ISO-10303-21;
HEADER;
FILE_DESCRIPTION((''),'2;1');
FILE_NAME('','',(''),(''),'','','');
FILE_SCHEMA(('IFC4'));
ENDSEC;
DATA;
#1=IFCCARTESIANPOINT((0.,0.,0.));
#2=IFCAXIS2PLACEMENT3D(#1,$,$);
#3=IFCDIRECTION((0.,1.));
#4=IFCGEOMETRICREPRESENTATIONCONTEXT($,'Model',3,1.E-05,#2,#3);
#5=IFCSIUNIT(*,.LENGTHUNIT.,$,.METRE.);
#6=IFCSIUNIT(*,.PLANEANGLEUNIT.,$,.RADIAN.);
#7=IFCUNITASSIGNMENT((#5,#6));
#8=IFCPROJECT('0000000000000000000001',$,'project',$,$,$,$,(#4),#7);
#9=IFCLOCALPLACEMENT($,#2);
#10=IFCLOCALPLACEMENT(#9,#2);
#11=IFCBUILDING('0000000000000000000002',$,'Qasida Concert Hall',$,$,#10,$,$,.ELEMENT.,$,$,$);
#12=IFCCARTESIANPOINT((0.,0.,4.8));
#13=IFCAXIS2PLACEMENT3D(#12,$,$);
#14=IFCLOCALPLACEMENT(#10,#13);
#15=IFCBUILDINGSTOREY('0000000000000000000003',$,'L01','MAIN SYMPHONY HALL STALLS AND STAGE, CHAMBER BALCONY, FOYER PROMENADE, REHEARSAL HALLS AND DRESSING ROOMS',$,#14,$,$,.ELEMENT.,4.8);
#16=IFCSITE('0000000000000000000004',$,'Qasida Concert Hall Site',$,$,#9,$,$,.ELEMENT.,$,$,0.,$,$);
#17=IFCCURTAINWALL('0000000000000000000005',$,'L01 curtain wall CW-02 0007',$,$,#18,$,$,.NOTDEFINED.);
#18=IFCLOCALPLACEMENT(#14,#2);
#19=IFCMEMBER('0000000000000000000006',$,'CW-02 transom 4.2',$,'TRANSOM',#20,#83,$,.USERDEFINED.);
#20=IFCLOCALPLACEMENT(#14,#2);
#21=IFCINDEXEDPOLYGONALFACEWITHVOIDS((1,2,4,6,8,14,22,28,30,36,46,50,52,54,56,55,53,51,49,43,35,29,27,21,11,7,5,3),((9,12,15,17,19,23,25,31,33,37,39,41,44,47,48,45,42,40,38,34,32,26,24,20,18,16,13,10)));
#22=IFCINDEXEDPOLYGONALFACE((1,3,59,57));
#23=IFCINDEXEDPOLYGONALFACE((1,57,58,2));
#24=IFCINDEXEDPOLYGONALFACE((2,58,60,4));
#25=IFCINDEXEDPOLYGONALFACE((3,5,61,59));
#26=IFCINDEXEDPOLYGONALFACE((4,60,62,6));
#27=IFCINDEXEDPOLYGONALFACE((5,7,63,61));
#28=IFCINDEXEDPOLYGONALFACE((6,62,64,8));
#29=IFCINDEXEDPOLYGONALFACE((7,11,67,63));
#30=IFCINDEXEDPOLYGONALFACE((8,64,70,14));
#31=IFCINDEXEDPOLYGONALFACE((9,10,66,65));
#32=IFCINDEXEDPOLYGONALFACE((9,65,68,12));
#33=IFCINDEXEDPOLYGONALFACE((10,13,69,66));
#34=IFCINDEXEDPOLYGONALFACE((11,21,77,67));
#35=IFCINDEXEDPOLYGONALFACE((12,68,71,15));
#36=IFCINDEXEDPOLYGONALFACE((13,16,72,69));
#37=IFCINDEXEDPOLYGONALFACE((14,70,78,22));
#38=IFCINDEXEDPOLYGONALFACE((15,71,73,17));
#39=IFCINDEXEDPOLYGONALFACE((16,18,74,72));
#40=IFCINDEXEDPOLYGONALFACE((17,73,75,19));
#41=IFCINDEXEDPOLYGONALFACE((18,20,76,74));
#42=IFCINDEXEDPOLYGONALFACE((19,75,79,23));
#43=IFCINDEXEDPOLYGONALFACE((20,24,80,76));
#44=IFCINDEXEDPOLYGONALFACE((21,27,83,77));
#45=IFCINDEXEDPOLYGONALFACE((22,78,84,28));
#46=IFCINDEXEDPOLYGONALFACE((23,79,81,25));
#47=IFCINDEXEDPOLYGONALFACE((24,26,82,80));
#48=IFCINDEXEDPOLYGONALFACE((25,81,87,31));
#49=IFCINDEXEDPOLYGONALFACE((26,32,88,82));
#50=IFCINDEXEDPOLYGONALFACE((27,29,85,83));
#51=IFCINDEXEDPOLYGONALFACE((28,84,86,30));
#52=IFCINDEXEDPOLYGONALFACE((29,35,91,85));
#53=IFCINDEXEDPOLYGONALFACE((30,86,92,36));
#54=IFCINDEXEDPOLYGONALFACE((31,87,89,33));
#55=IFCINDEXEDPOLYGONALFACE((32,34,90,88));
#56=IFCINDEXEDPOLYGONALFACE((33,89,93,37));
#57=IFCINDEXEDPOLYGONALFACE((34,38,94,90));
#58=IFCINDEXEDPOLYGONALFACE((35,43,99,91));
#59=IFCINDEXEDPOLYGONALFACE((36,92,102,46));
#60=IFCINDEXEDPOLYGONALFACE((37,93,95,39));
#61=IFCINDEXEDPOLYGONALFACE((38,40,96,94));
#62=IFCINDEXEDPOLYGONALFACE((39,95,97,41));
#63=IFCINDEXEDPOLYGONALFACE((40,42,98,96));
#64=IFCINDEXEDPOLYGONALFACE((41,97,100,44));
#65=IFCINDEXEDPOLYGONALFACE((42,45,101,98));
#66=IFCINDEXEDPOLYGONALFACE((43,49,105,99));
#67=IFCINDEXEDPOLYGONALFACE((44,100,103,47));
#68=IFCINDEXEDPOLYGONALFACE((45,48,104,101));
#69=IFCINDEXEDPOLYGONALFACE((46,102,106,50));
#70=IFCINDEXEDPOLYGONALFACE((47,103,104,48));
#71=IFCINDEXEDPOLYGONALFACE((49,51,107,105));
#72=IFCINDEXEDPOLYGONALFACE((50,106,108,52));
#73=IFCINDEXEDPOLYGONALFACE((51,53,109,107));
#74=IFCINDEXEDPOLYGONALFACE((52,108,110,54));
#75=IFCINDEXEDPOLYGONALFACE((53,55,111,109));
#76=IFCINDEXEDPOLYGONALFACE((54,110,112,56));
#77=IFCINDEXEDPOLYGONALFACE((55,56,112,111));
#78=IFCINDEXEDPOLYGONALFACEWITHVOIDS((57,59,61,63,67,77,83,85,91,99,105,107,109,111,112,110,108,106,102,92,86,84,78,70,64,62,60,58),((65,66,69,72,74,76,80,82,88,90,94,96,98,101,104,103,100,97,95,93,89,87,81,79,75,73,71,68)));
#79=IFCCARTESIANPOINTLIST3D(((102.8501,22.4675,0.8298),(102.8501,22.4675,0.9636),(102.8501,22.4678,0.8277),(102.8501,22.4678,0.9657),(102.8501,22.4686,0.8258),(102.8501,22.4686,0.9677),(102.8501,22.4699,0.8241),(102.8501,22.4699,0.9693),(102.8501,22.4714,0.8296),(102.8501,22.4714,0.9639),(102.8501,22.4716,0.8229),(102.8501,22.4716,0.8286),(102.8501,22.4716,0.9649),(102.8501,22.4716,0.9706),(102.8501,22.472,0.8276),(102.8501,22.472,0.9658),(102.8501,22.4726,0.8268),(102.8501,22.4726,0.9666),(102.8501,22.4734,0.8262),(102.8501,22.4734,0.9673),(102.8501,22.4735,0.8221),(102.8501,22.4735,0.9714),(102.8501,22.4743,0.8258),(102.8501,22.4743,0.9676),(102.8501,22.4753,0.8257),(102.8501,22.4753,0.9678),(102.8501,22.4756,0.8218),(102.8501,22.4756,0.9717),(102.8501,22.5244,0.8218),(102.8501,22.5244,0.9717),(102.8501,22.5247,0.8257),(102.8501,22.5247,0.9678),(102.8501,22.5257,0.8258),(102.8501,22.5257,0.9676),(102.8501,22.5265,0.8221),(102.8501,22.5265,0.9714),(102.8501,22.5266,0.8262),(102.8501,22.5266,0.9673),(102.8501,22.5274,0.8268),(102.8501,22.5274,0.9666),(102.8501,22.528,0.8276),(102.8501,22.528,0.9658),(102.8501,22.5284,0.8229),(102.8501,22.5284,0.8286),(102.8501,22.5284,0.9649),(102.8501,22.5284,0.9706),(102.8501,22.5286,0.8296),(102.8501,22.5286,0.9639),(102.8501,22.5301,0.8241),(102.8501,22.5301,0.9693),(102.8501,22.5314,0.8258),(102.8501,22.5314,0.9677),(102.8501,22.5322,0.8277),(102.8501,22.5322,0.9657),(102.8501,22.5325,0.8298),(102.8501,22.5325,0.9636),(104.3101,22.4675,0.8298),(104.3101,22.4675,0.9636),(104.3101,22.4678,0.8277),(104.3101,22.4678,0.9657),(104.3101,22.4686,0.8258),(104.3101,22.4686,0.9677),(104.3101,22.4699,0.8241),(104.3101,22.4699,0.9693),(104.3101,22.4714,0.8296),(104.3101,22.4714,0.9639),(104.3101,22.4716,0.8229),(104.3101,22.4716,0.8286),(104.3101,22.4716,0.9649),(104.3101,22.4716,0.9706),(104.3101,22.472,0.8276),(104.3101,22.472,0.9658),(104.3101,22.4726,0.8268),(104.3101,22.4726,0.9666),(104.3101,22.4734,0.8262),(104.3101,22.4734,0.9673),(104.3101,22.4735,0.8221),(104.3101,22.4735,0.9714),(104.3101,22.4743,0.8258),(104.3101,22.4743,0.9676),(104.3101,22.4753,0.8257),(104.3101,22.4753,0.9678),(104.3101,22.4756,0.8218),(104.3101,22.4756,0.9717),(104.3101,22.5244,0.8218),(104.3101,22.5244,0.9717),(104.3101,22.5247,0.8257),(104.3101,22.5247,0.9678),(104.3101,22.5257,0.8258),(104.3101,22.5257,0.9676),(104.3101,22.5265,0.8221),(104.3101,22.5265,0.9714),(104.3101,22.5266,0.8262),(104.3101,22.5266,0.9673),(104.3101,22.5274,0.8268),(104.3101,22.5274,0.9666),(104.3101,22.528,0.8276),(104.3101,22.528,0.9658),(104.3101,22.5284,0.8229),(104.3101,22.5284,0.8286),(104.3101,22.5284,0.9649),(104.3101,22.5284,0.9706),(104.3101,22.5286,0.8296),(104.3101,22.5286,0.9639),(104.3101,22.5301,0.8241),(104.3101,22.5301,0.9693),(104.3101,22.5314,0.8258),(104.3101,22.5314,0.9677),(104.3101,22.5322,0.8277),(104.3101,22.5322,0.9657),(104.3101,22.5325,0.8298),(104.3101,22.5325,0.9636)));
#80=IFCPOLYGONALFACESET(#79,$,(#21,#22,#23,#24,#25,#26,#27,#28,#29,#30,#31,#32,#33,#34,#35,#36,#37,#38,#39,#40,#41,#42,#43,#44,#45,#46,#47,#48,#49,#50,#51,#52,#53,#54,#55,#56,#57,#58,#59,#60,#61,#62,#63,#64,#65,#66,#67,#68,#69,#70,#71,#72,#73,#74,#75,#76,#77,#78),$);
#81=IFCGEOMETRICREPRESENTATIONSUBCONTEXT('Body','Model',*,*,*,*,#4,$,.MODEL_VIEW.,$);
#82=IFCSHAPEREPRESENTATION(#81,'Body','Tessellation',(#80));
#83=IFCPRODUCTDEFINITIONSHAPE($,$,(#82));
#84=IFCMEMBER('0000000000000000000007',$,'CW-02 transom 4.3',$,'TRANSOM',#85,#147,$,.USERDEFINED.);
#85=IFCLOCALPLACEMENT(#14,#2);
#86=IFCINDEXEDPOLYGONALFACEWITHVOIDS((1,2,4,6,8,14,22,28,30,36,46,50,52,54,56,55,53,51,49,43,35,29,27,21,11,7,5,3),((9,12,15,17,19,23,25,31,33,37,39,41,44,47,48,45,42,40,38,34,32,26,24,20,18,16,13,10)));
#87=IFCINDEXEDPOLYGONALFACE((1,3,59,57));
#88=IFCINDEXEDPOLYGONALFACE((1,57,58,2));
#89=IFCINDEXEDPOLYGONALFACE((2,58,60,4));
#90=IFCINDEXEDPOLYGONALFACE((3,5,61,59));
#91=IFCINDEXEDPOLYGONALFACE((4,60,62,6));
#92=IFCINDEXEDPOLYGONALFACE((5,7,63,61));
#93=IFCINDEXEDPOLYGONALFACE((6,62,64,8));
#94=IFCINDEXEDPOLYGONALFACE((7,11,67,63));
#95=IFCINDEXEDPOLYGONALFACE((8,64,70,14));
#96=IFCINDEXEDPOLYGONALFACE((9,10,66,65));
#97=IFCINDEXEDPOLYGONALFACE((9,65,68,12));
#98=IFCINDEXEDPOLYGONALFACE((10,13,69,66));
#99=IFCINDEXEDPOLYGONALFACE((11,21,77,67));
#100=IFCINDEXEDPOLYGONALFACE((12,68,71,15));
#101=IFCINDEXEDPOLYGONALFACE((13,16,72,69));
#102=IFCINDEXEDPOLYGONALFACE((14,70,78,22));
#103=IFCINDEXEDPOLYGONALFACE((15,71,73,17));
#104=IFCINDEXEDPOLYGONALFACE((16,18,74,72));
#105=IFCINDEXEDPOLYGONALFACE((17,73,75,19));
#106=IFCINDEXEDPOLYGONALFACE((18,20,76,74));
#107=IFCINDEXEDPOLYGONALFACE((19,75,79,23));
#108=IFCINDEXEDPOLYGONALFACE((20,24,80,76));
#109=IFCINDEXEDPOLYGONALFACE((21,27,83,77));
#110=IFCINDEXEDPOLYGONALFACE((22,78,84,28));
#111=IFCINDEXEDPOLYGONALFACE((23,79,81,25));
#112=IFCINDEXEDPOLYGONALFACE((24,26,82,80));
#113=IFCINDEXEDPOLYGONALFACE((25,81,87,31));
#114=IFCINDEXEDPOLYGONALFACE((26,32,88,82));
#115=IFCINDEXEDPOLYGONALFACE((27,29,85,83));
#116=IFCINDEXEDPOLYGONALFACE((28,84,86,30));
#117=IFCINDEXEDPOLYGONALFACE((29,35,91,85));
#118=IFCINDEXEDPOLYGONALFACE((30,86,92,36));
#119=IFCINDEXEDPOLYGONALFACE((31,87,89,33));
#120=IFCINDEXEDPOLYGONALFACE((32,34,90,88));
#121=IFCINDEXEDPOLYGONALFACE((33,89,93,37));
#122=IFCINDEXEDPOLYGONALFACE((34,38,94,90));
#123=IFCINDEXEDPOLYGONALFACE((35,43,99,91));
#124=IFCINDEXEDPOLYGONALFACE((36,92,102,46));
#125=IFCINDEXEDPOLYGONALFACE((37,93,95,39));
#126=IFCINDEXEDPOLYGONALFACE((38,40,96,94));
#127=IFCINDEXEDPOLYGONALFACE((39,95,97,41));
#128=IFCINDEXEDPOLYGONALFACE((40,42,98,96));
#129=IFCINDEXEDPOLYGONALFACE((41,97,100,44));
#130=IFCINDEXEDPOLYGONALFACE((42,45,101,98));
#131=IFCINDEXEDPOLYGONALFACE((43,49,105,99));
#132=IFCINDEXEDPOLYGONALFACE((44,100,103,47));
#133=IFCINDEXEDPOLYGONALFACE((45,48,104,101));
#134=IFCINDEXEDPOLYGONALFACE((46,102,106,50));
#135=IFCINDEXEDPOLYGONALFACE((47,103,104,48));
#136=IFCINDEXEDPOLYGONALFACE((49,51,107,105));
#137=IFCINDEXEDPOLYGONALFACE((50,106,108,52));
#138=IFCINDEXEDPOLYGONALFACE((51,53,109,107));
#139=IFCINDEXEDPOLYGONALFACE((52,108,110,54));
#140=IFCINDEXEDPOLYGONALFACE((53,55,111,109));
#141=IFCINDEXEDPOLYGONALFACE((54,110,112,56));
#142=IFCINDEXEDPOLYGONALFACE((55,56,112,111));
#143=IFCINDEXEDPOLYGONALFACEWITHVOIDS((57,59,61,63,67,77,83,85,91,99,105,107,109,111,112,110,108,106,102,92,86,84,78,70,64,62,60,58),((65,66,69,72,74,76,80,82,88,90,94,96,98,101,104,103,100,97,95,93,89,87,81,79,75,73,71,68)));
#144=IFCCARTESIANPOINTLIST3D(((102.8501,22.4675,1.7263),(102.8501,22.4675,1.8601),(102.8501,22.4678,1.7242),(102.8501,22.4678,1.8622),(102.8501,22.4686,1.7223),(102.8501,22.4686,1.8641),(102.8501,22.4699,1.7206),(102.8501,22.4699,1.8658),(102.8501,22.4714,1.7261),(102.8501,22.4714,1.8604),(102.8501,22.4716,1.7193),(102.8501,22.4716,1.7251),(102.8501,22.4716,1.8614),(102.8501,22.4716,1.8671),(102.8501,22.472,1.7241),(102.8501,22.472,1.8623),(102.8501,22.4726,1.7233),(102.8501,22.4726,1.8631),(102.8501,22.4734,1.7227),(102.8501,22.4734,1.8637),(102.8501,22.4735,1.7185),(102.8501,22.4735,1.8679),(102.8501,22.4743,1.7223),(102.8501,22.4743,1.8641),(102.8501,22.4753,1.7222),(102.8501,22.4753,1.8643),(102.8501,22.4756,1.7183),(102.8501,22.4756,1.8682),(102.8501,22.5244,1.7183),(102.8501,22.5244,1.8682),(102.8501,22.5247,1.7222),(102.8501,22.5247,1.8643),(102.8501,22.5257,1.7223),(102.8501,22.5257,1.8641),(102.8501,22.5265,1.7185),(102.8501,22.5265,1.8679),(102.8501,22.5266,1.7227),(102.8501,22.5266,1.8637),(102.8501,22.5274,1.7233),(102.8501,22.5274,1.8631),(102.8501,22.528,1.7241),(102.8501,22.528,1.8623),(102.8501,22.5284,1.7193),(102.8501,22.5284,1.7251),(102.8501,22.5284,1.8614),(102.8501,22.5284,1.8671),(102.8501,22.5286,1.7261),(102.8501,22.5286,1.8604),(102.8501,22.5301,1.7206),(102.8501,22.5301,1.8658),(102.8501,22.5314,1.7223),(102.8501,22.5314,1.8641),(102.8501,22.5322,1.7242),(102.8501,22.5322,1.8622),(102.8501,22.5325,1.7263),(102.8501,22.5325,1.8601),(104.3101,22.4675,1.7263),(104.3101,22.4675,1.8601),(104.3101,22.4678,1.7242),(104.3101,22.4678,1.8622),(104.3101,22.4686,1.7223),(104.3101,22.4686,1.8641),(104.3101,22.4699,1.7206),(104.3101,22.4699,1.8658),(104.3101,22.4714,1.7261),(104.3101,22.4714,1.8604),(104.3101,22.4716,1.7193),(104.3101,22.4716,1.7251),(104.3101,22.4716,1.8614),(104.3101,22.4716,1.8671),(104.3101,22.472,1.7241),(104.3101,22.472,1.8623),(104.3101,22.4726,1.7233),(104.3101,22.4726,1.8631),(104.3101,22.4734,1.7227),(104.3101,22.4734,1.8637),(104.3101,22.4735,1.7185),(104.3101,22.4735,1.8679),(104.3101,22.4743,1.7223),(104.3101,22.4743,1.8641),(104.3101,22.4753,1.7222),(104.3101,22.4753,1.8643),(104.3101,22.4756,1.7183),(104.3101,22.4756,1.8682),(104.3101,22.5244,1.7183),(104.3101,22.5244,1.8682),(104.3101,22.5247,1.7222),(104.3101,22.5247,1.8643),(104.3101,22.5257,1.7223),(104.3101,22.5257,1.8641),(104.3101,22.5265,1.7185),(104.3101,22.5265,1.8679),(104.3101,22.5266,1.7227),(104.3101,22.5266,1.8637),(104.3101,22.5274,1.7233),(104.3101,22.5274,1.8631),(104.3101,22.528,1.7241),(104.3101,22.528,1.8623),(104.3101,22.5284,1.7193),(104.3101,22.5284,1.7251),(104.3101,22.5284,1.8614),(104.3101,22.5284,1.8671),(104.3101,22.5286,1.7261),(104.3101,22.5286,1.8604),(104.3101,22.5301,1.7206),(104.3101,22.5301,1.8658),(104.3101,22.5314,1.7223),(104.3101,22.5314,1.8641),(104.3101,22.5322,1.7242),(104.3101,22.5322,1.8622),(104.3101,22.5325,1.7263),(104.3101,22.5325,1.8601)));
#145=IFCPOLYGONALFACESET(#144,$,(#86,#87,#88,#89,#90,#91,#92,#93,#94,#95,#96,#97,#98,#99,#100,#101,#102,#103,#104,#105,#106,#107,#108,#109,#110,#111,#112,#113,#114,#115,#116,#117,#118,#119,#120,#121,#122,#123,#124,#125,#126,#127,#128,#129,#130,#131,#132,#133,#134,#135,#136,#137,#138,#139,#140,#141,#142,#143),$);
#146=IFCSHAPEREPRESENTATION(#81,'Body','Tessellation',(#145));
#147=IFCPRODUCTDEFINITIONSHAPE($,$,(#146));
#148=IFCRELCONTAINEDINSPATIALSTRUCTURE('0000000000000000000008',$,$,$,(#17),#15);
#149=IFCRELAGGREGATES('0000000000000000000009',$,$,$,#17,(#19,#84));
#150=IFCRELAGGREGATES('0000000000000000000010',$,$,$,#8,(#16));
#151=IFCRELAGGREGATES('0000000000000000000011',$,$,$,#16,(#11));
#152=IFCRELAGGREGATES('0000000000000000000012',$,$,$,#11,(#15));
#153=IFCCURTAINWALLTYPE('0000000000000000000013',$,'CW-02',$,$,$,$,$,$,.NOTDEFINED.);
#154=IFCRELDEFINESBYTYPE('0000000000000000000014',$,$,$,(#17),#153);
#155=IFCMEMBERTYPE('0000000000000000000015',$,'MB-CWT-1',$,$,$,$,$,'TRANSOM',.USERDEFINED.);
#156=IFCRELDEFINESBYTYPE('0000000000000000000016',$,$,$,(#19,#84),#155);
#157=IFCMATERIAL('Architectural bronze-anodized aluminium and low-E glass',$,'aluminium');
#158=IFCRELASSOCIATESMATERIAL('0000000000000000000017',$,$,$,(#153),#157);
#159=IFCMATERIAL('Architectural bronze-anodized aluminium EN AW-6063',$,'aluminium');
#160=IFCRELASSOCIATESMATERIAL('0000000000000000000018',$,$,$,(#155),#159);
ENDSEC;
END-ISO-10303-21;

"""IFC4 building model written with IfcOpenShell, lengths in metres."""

from ifc_helpers import new_model, si_unit, direction, frame, origin, origin_2d, place, context, subcontext, project, spatial, hollow_rectangle, extrude, material, material_profile, profile_set, type_object, element, aggregate, save


model = new_model("IFC4")

# Units and contexts
model_context = context("Model", 3, precision=1e-05, world=origin(), true_north=direction((0.0, 1.0)))
body_context = subcontext(model_context, "Body", "Model", "MODEL_VIEW")
ifc_project = project(units=[si_unit("LENGTHUNIT", "METRE"), si_unit("PLANEANGLEUNIT", "RADIAN")], contexts=[model_context])

# Site, building, storey
site_placement = place(None, origin())
site = spatial("IfcSite", under=ifc_project, at=site_placement, Name="Qasida Concert Hall Site", CompositionType="ELEMENT", RefElevation=0.0)
building_placement = place(site_placement, origin())
building = spatial("IfcBuilding", under=site, at=building_placement, Name="Qasida Concert Hall", CompositionType="ELEMENT")
storey_placement = place(building_placement, frame((0.0, 0.0, 4.8)))
storey = spatial("IfcBuildingStorey", under=building, at=storey_placement, Name="L01", Description="MAIN SYMPHONY HALL STALLS AND STAGE, CHAMBER BALCONY, FOYER PROMENADE, REHEARSAL HALLS AND DRESSING ROOMS", CompositionType="ELEMENT", Elevation=4.8)

# Curtain wall, members
ifc_material_1 = material(Name="Architectural bronze-anodized aluminium and low-E glass", Category="aluminium")
curtain_wall_type = type_object("IfcCurtainWallType", Name="CW-02", PredefinedType="NOTDEFINED", material=ifc_material_1)
curtain_wall_placement = place(storey_placement, origin())
curtain_wall = element("IfcCurtainWall", 1, at=curtain_wall_placement, inside=storey, type_object=curtain_wall_type, Name="L01 curtain wall CW-02 0007", PredefinedType="NOTDEFINED")
ifc_material_2 = material(Name="Architectural bronze-anodized aluminium EN AW-6063", Category="aluminium")
ifc_material_profile_1 = material_profile(ifc_material_2, hollow_rectangle(XDim=0.0649, YDim=0.1499, WallThickness=0.0039, InnerFilletRadius=0.0039, OuterFilletRadius=0.0081, at=origin_2d()), Name="CWT 150x65x4")
ifc_profile_set_1 = profile_set([ifc_material_profile_1], Name="Architectural bronze-anodized aluminium EN AW-6063")
member_type_1 = type_object("IfcMemberType", Name="MB-CWT-1", ElementType="TRANSOM", PredefinedType="USERDEFINED", material=ifc_profile_set_1)
member_1_placement = place(storey_placement, frame((102.8501, 22.5, 0.8967), z_axis=(1.0, 0.0, 0.0), x_axis=(0.0, 1.0, 0.0)))
member_1 = element("IfcMember", 2, at=member_1_placement, type_object=member_type_1, Name="CW-02 transom 4.2", ObjectType="TRANSOM", PredefinedType="USERDEFINED", context=body_context, shape_type="SweptSolid", body=[
    extrude(hollow_rectangle(XDim=0.0649, YDim=0.1499, WallThickness=0.0039, InnerFilletRadius=0.0039, OuterFilletRadius=0.0081, at=origin_2d()), origin(), (0.0, 0.0, 1.0), 1.46),
])
member_2_placement = place(storey_placement, frame((102.8501, 22.5, 1.7932), z_axis=(1.0, 0.0, 0.0), x_axis=(0.0, 1.0, 0.0)))
member_2 = element("IfcMember", 3, at=member_2_placement, type_object=member_type_1, Name="CW-02 transom 4.3", ObjectType="TRANSOM", PredefinedType="USERDEFINED", context=body_context, shape_type="SweptSolid", body=[
    extrude(hollow_rectangle(XDim=0.0649, YDim=0.1499, WallThickness=0.0039, InnerFilletRadius=0.0039, OuterFilletRadius=0.0081, at=origin_2d()), origin(), (0.0, 0.0, 1.0), 1.46),
])
aggregate(curtain_wall, [member_1, member_2])

save(model, "model.ifc")
